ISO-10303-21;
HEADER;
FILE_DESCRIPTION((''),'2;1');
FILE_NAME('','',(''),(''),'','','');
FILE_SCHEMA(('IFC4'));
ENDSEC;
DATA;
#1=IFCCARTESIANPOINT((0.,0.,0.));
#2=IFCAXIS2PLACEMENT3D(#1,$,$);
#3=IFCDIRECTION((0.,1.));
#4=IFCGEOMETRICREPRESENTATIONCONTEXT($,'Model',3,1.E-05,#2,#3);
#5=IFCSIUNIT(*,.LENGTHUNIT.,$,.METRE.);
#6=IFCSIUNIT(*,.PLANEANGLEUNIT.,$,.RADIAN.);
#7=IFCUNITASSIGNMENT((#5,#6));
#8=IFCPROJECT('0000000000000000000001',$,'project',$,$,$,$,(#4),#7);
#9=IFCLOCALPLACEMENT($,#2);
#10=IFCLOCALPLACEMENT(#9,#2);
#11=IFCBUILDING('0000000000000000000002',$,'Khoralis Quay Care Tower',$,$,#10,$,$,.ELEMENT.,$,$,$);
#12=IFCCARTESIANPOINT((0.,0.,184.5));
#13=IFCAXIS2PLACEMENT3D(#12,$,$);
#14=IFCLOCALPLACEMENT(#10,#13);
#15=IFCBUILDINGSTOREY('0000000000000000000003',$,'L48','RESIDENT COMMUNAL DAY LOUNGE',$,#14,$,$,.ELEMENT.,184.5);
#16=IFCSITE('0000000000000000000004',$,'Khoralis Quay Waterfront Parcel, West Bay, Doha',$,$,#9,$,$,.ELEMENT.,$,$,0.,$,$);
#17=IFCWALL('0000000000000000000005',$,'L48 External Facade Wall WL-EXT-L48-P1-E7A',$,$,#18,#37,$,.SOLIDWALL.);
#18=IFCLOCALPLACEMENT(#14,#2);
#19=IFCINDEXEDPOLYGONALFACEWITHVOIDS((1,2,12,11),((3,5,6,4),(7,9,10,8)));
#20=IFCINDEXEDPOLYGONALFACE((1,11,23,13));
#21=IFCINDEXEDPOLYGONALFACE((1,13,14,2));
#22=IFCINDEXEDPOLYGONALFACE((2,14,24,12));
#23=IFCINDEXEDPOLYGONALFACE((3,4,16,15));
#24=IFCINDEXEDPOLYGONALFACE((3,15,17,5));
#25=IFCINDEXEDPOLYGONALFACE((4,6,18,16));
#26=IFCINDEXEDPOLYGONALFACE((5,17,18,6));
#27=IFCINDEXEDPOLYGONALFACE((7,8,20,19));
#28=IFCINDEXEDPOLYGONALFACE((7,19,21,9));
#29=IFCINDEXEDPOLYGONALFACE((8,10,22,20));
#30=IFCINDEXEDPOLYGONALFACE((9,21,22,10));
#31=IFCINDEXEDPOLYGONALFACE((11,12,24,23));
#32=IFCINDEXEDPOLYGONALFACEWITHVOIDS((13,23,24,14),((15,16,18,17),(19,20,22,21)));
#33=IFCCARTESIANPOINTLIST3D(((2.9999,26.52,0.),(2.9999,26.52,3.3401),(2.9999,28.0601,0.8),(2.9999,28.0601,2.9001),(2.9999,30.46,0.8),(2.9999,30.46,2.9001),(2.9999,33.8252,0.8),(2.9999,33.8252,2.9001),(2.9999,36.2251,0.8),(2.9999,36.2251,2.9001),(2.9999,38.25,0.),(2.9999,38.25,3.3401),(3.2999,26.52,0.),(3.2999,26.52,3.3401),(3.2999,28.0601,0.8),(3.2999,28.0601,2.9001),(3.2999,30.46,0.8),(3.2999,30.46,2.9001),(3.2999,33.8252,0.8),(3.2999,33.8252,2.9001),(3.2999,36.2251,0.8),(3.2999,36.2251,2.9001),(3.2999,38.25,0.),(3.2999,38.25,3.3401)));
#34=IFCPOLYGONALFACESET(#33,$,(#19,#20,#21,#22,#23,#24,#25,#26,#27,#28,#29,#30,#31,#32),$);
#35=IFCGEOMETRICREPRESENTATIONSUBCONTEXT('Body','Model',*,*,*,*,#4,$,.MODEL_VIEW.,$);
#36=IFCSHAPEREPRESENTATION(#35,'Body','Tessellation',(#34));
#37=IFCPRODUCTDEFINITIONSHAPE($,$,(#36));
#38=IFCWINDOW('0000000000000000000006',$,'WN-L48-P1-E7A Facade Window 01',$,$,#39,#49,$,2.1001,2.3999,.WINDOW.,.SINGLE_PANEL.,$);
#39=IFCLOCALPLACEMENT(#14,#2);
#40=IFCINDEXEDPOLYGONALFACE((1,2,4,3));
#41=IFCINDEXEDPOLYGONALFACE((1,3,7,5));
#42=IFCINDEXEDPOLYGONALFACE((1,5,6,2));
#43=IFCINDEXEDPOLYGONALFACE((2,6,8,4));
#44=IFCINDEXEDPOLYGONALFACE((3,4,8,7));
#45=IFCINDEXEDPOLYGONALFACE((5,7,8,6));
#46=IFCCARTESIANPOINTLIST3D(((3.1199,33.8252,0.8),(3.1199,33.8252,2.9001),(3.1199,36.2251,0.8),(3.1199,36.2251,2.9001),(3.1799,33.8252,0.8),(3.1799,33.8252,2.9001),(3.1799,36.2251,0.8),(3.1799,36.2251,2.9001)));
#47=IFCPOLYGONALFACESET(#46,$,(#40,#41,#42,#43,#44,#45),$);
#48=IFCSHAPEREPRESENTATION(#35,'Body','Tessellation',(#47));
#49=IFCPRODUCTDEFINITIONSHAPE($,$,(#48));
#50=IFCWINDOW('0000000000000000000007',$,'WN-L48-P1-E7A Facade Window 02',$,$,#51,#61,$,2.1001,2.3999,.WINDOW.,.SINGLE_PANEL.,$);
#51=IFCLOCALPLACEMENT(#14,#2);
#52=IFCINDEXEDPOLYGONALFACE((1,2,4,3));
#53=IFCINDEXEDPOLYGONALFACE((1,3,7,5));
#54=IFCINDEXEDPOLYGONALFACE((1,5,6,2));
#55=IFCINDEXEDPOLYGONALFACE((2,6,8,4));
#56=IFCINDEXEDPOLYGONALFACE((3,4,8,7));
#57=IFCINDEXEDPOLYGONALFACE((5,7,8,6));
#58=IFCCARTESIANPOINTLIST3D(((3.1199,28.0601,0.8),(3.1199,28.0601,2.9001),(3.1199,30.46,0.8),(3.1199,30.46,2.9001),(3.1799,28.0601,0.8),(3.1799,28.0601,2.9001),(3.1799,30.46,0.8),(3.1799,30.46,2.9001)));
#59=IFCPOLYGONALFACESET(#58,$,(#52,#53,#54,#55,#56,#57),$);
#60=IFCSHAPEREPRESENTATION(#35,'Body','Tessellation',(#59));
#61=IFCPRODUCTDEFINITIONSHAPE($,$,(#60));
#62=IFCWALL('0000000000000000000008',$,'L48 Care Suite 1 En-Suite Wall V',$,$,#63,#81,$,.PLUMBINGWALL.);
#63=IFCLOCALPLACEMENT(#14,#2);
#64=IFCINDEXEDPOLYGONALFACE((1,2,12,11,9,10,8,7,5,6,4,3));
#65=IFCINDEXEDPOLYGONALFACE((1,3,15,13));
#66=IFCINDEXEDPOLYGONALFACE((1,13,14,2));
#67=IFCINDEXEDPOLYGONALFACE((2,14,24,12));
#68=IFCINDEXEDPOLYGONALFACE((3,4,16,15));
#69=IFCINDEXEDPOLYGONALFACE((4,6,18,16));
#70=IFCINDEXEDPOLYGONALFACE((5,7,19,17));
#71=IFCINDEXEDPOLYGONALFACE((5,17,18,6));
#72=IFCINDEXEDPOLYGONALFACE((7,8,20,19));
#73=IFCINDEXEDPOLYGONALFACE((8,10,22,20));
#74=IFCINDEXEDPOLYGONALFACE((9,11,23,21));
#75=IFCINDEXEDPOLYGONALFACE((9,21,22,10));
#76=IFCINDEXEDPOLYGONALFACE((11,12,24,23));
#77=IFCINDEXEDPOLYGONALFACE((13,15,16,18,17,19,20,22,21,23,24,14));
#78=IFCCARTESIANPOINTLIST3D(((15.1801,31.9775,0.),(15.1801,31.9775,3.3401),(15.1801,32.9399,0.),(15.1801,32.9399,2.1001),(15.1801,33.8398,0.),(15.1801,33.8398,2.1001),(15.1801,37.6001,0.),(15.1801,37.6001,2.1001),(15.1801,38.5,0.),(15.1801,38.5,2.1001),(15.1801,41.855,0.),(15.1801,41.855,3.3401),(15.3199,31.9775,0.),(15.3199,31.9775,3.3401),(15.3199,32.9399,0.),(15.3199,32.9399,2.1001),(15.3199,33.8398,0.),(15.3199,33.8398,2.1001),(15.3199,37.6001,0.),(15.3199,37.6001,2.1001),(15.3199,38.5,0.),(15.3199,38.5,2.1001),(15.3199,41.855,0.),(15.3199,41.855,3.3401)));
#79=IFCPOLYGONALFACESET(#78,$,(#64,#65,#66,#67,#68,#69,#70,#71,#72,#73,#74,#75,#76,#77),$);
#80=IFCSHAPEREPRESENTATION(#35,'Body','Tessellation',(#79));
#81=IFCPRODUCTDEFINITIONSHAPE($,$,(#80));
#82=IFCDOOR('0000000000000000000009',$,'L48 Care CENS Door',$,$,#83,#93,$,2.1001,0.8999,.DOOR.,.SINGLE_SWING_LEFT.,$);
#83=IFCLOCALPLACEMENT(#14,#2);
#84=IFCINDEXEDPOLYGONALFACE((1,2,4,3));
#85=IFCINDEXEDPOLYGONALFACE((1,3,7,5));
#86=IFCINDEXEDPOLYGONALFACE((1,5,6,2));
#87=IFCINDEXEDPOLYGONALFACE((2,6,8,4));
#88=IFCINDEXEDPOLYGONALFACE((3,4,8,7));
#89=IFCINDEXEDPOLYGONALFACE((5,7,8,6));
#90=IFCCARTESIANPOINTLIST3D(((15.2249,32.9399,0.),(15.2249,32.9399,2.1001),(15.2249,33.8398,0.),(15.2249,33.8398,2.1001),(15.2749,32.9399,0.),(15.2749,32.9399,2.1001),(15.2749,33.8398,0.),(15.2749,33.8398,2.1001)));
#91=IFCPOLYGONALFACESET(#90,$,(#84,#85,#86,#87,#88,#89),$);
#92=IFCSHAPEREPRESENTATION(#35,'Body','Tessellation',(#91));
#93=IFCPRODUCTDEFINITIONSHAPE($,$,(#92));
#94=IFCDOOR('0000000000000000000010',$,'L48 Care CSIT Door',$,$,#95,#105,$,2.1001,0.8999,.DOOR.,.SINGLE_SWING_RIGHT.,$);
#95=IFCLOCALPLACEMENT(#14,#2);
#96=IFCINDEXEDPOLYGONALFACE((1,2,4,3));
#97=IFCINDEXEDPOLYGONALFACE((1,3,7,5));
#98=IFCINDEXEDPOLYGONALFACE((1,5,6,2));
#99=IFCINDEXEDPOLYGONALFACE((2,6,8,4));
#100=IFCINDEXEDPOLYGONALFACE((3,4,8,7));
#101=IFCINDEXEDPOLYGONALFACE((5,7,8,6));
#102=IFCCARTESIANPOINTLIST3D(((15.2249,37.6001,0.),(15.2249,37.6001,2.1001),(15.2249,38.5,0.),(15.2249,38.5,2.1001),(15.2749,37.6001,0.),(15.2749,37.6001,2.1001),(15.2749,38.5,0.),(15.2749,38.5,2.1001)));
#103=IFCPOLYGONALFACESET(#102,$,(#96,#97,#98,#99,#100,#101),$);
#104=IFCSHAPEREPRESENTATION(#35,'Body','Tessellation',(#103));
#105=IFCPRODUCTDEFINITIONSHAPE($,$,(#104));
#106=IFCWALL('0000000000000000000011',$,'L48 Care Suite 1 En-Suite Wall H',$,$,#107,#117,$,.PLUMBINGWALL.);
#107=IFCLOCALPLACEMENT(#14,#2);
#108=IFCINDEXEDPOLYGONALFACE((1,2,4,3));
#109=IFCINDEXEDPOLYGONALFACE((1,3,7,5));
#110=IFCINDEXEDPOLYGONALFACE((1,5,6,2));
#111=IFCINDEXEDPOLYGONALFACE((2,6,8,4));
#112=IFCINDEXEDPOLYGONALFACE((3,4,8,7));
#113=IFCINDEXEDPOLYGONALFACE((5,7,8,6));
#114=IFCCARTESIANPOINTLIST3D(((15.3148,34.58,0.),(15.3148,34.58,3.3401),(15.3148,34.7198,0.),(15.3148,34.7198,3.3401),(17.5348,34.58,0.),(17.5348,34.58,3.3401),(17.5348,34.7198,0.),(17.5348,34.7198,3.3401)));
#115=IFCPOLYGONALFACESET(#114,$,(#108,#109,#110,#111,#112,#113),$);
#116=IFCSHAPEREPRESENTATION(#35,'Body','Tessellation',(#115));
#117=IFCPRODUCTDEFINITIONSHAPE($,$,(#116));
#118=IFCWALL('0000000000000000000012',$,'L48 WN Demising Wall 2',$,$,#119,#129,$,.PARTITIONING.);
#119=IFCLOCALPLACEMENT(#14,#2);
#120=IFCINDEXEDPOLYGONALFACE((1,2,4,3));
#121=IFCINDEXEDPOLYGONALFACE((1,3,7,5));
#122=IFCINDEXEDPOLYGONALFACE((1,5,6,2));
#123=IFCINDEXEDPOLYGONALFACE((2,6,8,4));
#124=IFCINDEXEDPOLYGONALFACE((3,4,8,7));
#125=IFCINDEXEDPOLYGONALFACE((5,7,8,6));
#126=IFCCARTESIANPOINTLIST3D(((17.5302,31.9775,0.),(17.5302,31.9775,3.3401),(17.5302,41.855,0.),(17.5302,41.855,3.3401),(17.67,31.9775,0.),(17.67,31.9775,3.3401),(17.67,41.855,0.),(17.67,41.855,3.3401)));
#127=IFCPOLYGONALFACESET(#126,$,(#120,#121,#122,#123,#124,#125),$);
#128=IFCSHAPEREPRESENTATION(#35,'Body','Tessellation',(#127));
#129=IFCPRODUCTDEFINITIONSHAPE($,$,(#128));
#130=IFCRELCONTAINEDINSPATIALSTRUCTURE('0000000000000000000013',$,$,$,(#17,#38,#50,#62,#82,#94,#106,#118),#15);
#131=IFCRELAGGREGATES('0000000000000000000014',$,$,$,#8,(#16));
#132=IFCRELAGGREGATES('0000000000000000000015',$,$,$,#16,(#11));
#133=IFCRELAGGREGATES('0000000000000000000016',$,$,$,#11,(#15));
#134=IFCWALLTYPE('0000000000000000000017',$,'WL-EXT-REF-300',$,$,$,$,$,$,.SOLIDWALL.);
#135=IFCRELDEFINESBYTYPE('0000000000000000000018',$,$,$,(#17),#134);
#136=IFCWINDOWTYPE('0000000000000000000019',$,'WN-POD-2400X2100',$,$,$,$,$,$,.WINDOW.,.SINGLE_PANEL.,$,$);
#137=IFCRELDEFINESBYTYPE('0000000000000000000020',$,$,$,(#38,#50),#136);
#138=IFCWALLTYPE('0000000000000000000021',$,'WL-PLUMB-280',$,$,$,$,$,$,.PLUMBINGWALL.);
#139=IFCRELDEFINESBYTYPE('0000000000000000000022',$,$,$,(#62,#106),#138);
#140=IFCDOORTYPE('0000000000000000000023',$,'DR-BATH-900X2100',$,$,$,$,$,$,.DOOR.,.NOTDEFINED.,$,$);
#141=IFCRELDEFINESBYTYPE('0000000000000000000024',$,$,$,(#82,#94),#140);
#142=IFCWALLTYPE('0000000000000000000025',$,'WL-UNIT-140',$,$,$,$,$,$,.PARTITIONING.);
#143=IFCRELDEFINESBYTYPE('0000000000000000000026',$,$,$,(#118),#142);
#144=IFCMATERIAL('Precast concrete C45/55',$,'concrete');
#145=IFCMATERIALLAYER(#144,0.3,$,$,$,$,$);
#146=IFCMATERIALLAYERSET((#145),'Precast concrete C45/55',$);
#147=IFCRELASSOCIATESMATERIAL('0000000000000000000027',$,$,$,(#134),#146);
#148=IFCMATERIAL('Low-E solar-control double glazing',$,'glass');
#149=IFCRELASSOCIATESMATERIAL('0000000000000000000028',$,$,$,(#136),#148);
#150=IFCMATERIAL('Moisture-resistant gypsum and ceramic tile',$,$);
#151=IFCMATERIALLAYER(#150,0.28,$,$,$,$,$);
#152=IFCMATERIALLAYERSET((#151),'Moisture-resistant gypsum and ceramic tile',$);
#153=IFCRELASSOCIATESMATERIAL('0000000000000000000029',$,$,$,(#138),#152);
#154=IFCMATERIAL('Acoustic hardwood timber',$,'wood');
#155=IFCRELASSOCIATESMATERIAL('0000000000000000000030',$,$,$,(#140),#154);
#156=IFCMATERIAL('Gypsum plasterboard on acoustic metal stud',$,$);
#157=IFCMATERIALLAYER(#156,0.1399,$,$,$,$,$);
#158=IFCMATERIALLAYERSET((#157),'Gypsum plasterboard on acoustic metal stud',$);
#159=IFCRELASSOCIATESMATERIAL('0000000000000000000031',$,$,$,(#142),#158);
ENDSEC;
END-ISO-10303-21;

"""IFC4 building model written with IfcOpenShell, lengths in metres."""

from ifc_helpers import new_model, si_unit, direction, frame, frame_2d, origin, place, context, subcontext, project, spatial, rectangle, extrude, source, transform, mapped, material, layer, layer_set, type_object, element, fill, save


model = new_model("IFC4")

# Units and contexts
model_context = context("Model", 3, precision=1e-05, world=origin(), true_north=direction((0.0, 1.0)))
body_context = subcontext(model_context, "Body", "Model", "MODEL_VIEW")
ifc_project = project(units=[si_unit("LENGTHUNIT", "METRE"), si_unit("PLANEANGLEUNIT", "RADIAN")], contexts=[model_context])

# Site, building, storey
site_placement = place(None, origin())
site = spatial("IfcSite", under=ifc_project, at=site_placement, Name="Khoralis Quay Waterfront Parcel, West Bay, Doha", CompositionType="ELEMENT", RefElevation=0.0)
building_placement = place(site_placement, origin())
building = spatial("IfcBuilding", under=site, at=building_placement, Name="Khoralis Quay Care Tower", CompositionType="ELEMENT")
storey_placement = place(building_placement, frame((0.0, 0.0, 184.5)))
storey = spatial("IfcBuildingStorey", under=building, at=storey_placement, Name="L48", Description="RESIDENT COMMUNAL DAY LOUNGE", CompositionType="ELEMENT", Elevation=184.5)

# Shared definitions
ifc_material_1 = material(Name="Precast concrete C45/55", Category="concrete")
ifc_layer_1 = layer(ifc_material_1, 0.3)
ifc_layer_set_1 = layer_set([ifc_layer_1], Name="Precast concrete C45/55")
wall_type_1 = type_object("IfcWallType", Name="WL-EXT-REF-300", PredefinedType="SOLIDWALL", material=ifc_layer_set_1)

# Wall, openings, windows
wall_1_placement = place(storey_placement, frame((3.1499, 38.25, 0.0), z_axis=(0.0, 0.0, 1.0), x_axis=(0.0, -1.0, 0.0)))
wall_1 = element("IfcWall", 1, at=wall_1_placement, inside=storey, type_object=wall_type_1, Name="L48 External Facade Wall WL-EXT-L48-P1-E7A", PredefinedType="SOLIDWALL", context=body_context, shape_type="SweptSolid", body=[
    extrude(rectangle(XDim=11.73, YDim=0.3, at=frame_2d((5.865, 0.0))), origin(), (0.0, 0.0, 1.0), 3.3401),
])
opening_1_placement = place(wall_1_placement, frame((2.0249, 0.0, 0.8)))
opening_1 = element("IfcOpeningElement", 2, at=opening_1_placement, cuts=wall_1, PredefinedType="OPENING", context=body_context, shape_type="SweptSolid", body=[
    extrude(rectangle(XDim=2.3999, YDim=2.1001, at=frame_2d((1.2, 1.05))), frame((0.0, 0.1602, 0.0), z_axis=(0.0, -1.0, 0.0), x_axis=(1.0, 0.0, 0.0)), (0.0, 0.0, 1.0), 0.3201),
])
opening_2_placement = place(wall_1_placement, frame((7.79, 0.0, 0.8)))
opening_2 = element("IfcOpeningElement", 3, at=opening_2_placement, cuts=wall_1, PredefinedType="OPENING", context=body_context, shape_type="SweptSolid", body=[
    extrude(rectangle(XDim=2.3999, YDim=2.1001, at=frame_2d((1.2, 1.05))), frame((0.0, 0.1602, 0.0), z_axis=(0.0, -1.0, 0.0), x_axis=(1.0, 0.0, 0.0)), (0.0, 0.0, 1.0), 0.3201),
])
ifc_material_2 = material(Name="Low-E solar-control double glazing", Category="glass")
window_type = type_object("IfcWindowType", Name="WN-POD-2400X2100", PartitioningType="SINGLE_PANEL", PredefinedType="WINDOW", material=ifc_material_2)
shared_shape_1 = source(origin(), body_context, "Body", "SweptSolid", [
    extrude(rectangle(XDim=2.3999, YDim=2.1001, at=frame_2d((1.2, 1.05))), frame((0.0, 0.03, 0.0), z_axis=(0.0, -1.0, 0.0), x_axis=(1.0, 0.0, 0.0)), (0.0, 0.0, 1.0), 0.0601),
])
window_1_placement = place(opening_1_placement, origin())
window_1 = element("IfcWindow", 4, at=window_1_placement, inside=storey, type_object=window_type, Name="WN-L48-P1-E7A Facade Window 01", OverallHeight=2.1001, OverallWidth=2.3999, PartitioningType="SINGLE_PANEL", PredefinedType="WINDOW", context=body_context, shape_type="MappedRepresentation", body=[
    mapped(shared_shape_1, transform((0.0, 0.0, 0.0), scale=1.0)),
])
fill(opening_1, window_1)
window_2_placement = place(opening_2_placement, origin())
window_2 = element("IfcWindow", 5, at=window_2_placement, inside=storey, type_object=window_type, Name="WN-L48-P1-E7A Facade Window 02", OverallHeight=2.1001, OverallWidth=2.3999, PartitioningType="SINGLE_PANEL", PredefinedType="WINDOW", context=body_context, shape_type="MappedRepresentation", body=[
    mapped(shared_shape_1, transform((0.0, 0.0, 0.0), scale=1.0)),
])
fill(opening_2, window_2)

# Wall, openings, doors
ifc_material_3 = material(Name="Moisture-resistant gypsum and ceramic tile")
ifc_layer_2 = layer(ifc_material_3, 0.28)
ifc_layer_set_2 = layer_set([ifc_layer_2], Name="Moisture-resistant gypsum and ceramic tile")
wall_type_2 = type_object("IfcWallType", Name="WL-PLUMB-280", PredefinedType="PLUMBINGWALL", material=ifc_layer_set_2)
wall_2_placement = place(storey_placement, frame((15.25, 31.9775, 0.0), z_axis=(0.0, 0.0, 1.0), x_axis=(0.0, 1.0, 0.0)))
wall_2 = element("IfcWall", 6, at=wall_2_placement, inside=storey, type_object=wall_type_2, Name="L48 Care Suite 1 En-Suite Wall V", PredefinedType="PLUMBINGWALL", context=body_context, shape_type="SweptSolid", body=[
    extrude(rectangle(XDim=9.8774, YDim=0.1399, at=frame_2d((4.9387, 0.0))), origin(), (0.0, 0.0, 1.0), 3.3401),
])
opening_3_placement = place(wall_2_placement, frame((0.9624, 0.0, 0.0)))
opening_3 = element("IfcOpeningElement", 7, at=opening_3_placement, cuts=wall_2, PredefinedType="OPENING", context=body_context, shape_type="SweptSolid", body=[
    extrude(rectangle(XDim=0.8999, YDim=2.1001, at=frame_2d((0.45, 1.05))), frame((0.0, 0.0801, 0.0), z_axis=(0.0, -1.0, 0.0), x_axis=(1.0, 0.0, 0.0)), (0.0, 0.0, 1.0), 0.1599),
])
opening_4_placement = place(wall_2_placement, frame((5.6226, 0.0, 0.0)))
opening_4 = element("IfcOpeningElement", 8, at=opening_4_placement, cuts=wall_2, PredefinedType="OPENING", context=body_context, shape_type="SweptSolid", body=[
    extrude(rectangle(XDim=0.8999, YDim=2.1001, at=frame_2d((0.45, 1.05))), frame((0.0, 0.0801, 0.0), z_axis=(0.0, -1.0, 0.0), x_axis=(1.0, 0.0, 0.0)), (0.0, 0.0, 1.0), 0.1599),
])
ifc_material_4 = material(Name="Acoustic hardwood timber", Category="wood")
door_type = type_object("IfcDoorType", Name="DR-BATH-900X2100", OperationType="NOTDEFINED", PredefinedType="DOOR", material=ifc_material_4)
shared_shape_2 = source(origin(), body_context, "Body", "SweptSolid", [
    extrude(rectangle(XDim=0.8999, YDim=2.1001, at=frame_2d((0.45, 1.05))), frame((0.0, 0.0249, 0.0), z_axis=(0.0, -1.0, 0.0), x_axis=(1.0, 0.0, 0.0)), (0.0, 0.0, 1.0), 0.05),
])
door_1_placement = place(opening_3_placement, frame((0.8999, 0.0, 0.0), z_axis=(0.0, 0.0, 1.0), x_axis=(-1.0, 0.0, 0.0)))
door_1 = element("IfcDoor", 9, at=door_1_placement, inside=storey, type_object=door_type, Name="L48 Care CENS Door", OperationType="SINGLE_SWING_LEFT", OverallHeight=2.1001, OverallWidth=0.8999, PredefinedType="DOOR", context=body_context, shape_type="MappedRepresentation", body=[
    mapped(shared_shape_2, transform((0.0, 0.0, 0.0), scale=1.0)),
])
fill(opening_3, door_1)
door_2_placement = place(opening_4_placement, frame((0.8999, 0.0, 0.0), z_axis=(0.0, 0.0, 1.0), x_axis=(-1.0, 0.0, 0.0)))
door_2 = element("IfcDoor", 10, at=door_2_placement, inside=storey, type_object=door_type, Name="L48 Care CSIT Door", OperationType="SINGLE_SWING_RIGHT", OverallHeight=2.1001, OverallWidth=0.8999, PredefinedType="DOOR", context=body_context, shape_type="MappedRepresentation", body=[
    mapped(shared_shape_2, transform((0.0, 0.0, 0.0), scale=1.0)),
])
fill(opening_4, door_2)

# Walls
wall_3_placement = place(storey_placement, frame((15.3149, 34.6499, 0.0), z_axis=(0.0, 0.0, 1.0), x_axis=(1.0, 0.0, 0.0)))
element("IfcWall", 11, at=wall_3_placement, inside=storey, type_object=wall_type_2, Name="L48 Care Suite 1 En-Suite Wall H", PredefinedType="PLUMBINGWALL", context=body_context, shape_type="SweptSolid", body=[
    extrude(rectangle(XDim=2.22, YDim=0.1399, at=frame_2d((1.1099, 0.0))), origin(), (0.0, 0.0, 1.0), 3.3401),
])
ifc_material_5 = material(Name="Gypsum plasterboard on acoustic metal stud")
ifc_layer_3 = layer(ifc_material_5, 0.1399)
ifc_layer_set_3 = layer_set([ifc_layer_3], Name="Gypsum plasterboard on acoustic metal stud")
wall_type_3 = type_object("IfcWallType", Name="WL-UNIT-140", PredefinedType="PARTITIONING", material=ifc_layer_set_3)
wall_4_placement = place(storey_placement, frame((17.6001, 31.9775, 0.0), z_axis=(0.0, 0.0, 1.0), x_axis=(0.0, 1.0, 0.0)))
element("IfcWall", 12, at=wall_4_placement, inside=storey, type_object=wall_type_3, Name="L48 WN Demising Wall 2", PredefinedType="PARTITIONING", context=body_context, shape_type="SweptSolid", body=[
    extrude(rectangle(XDim=9.8774, YDim=0.1399, at=frame_2d((4.9387, 0.0))), origin(), (0.0, 0.0, 1.0), 3.3401),
])

save(model, "model.ifc")
